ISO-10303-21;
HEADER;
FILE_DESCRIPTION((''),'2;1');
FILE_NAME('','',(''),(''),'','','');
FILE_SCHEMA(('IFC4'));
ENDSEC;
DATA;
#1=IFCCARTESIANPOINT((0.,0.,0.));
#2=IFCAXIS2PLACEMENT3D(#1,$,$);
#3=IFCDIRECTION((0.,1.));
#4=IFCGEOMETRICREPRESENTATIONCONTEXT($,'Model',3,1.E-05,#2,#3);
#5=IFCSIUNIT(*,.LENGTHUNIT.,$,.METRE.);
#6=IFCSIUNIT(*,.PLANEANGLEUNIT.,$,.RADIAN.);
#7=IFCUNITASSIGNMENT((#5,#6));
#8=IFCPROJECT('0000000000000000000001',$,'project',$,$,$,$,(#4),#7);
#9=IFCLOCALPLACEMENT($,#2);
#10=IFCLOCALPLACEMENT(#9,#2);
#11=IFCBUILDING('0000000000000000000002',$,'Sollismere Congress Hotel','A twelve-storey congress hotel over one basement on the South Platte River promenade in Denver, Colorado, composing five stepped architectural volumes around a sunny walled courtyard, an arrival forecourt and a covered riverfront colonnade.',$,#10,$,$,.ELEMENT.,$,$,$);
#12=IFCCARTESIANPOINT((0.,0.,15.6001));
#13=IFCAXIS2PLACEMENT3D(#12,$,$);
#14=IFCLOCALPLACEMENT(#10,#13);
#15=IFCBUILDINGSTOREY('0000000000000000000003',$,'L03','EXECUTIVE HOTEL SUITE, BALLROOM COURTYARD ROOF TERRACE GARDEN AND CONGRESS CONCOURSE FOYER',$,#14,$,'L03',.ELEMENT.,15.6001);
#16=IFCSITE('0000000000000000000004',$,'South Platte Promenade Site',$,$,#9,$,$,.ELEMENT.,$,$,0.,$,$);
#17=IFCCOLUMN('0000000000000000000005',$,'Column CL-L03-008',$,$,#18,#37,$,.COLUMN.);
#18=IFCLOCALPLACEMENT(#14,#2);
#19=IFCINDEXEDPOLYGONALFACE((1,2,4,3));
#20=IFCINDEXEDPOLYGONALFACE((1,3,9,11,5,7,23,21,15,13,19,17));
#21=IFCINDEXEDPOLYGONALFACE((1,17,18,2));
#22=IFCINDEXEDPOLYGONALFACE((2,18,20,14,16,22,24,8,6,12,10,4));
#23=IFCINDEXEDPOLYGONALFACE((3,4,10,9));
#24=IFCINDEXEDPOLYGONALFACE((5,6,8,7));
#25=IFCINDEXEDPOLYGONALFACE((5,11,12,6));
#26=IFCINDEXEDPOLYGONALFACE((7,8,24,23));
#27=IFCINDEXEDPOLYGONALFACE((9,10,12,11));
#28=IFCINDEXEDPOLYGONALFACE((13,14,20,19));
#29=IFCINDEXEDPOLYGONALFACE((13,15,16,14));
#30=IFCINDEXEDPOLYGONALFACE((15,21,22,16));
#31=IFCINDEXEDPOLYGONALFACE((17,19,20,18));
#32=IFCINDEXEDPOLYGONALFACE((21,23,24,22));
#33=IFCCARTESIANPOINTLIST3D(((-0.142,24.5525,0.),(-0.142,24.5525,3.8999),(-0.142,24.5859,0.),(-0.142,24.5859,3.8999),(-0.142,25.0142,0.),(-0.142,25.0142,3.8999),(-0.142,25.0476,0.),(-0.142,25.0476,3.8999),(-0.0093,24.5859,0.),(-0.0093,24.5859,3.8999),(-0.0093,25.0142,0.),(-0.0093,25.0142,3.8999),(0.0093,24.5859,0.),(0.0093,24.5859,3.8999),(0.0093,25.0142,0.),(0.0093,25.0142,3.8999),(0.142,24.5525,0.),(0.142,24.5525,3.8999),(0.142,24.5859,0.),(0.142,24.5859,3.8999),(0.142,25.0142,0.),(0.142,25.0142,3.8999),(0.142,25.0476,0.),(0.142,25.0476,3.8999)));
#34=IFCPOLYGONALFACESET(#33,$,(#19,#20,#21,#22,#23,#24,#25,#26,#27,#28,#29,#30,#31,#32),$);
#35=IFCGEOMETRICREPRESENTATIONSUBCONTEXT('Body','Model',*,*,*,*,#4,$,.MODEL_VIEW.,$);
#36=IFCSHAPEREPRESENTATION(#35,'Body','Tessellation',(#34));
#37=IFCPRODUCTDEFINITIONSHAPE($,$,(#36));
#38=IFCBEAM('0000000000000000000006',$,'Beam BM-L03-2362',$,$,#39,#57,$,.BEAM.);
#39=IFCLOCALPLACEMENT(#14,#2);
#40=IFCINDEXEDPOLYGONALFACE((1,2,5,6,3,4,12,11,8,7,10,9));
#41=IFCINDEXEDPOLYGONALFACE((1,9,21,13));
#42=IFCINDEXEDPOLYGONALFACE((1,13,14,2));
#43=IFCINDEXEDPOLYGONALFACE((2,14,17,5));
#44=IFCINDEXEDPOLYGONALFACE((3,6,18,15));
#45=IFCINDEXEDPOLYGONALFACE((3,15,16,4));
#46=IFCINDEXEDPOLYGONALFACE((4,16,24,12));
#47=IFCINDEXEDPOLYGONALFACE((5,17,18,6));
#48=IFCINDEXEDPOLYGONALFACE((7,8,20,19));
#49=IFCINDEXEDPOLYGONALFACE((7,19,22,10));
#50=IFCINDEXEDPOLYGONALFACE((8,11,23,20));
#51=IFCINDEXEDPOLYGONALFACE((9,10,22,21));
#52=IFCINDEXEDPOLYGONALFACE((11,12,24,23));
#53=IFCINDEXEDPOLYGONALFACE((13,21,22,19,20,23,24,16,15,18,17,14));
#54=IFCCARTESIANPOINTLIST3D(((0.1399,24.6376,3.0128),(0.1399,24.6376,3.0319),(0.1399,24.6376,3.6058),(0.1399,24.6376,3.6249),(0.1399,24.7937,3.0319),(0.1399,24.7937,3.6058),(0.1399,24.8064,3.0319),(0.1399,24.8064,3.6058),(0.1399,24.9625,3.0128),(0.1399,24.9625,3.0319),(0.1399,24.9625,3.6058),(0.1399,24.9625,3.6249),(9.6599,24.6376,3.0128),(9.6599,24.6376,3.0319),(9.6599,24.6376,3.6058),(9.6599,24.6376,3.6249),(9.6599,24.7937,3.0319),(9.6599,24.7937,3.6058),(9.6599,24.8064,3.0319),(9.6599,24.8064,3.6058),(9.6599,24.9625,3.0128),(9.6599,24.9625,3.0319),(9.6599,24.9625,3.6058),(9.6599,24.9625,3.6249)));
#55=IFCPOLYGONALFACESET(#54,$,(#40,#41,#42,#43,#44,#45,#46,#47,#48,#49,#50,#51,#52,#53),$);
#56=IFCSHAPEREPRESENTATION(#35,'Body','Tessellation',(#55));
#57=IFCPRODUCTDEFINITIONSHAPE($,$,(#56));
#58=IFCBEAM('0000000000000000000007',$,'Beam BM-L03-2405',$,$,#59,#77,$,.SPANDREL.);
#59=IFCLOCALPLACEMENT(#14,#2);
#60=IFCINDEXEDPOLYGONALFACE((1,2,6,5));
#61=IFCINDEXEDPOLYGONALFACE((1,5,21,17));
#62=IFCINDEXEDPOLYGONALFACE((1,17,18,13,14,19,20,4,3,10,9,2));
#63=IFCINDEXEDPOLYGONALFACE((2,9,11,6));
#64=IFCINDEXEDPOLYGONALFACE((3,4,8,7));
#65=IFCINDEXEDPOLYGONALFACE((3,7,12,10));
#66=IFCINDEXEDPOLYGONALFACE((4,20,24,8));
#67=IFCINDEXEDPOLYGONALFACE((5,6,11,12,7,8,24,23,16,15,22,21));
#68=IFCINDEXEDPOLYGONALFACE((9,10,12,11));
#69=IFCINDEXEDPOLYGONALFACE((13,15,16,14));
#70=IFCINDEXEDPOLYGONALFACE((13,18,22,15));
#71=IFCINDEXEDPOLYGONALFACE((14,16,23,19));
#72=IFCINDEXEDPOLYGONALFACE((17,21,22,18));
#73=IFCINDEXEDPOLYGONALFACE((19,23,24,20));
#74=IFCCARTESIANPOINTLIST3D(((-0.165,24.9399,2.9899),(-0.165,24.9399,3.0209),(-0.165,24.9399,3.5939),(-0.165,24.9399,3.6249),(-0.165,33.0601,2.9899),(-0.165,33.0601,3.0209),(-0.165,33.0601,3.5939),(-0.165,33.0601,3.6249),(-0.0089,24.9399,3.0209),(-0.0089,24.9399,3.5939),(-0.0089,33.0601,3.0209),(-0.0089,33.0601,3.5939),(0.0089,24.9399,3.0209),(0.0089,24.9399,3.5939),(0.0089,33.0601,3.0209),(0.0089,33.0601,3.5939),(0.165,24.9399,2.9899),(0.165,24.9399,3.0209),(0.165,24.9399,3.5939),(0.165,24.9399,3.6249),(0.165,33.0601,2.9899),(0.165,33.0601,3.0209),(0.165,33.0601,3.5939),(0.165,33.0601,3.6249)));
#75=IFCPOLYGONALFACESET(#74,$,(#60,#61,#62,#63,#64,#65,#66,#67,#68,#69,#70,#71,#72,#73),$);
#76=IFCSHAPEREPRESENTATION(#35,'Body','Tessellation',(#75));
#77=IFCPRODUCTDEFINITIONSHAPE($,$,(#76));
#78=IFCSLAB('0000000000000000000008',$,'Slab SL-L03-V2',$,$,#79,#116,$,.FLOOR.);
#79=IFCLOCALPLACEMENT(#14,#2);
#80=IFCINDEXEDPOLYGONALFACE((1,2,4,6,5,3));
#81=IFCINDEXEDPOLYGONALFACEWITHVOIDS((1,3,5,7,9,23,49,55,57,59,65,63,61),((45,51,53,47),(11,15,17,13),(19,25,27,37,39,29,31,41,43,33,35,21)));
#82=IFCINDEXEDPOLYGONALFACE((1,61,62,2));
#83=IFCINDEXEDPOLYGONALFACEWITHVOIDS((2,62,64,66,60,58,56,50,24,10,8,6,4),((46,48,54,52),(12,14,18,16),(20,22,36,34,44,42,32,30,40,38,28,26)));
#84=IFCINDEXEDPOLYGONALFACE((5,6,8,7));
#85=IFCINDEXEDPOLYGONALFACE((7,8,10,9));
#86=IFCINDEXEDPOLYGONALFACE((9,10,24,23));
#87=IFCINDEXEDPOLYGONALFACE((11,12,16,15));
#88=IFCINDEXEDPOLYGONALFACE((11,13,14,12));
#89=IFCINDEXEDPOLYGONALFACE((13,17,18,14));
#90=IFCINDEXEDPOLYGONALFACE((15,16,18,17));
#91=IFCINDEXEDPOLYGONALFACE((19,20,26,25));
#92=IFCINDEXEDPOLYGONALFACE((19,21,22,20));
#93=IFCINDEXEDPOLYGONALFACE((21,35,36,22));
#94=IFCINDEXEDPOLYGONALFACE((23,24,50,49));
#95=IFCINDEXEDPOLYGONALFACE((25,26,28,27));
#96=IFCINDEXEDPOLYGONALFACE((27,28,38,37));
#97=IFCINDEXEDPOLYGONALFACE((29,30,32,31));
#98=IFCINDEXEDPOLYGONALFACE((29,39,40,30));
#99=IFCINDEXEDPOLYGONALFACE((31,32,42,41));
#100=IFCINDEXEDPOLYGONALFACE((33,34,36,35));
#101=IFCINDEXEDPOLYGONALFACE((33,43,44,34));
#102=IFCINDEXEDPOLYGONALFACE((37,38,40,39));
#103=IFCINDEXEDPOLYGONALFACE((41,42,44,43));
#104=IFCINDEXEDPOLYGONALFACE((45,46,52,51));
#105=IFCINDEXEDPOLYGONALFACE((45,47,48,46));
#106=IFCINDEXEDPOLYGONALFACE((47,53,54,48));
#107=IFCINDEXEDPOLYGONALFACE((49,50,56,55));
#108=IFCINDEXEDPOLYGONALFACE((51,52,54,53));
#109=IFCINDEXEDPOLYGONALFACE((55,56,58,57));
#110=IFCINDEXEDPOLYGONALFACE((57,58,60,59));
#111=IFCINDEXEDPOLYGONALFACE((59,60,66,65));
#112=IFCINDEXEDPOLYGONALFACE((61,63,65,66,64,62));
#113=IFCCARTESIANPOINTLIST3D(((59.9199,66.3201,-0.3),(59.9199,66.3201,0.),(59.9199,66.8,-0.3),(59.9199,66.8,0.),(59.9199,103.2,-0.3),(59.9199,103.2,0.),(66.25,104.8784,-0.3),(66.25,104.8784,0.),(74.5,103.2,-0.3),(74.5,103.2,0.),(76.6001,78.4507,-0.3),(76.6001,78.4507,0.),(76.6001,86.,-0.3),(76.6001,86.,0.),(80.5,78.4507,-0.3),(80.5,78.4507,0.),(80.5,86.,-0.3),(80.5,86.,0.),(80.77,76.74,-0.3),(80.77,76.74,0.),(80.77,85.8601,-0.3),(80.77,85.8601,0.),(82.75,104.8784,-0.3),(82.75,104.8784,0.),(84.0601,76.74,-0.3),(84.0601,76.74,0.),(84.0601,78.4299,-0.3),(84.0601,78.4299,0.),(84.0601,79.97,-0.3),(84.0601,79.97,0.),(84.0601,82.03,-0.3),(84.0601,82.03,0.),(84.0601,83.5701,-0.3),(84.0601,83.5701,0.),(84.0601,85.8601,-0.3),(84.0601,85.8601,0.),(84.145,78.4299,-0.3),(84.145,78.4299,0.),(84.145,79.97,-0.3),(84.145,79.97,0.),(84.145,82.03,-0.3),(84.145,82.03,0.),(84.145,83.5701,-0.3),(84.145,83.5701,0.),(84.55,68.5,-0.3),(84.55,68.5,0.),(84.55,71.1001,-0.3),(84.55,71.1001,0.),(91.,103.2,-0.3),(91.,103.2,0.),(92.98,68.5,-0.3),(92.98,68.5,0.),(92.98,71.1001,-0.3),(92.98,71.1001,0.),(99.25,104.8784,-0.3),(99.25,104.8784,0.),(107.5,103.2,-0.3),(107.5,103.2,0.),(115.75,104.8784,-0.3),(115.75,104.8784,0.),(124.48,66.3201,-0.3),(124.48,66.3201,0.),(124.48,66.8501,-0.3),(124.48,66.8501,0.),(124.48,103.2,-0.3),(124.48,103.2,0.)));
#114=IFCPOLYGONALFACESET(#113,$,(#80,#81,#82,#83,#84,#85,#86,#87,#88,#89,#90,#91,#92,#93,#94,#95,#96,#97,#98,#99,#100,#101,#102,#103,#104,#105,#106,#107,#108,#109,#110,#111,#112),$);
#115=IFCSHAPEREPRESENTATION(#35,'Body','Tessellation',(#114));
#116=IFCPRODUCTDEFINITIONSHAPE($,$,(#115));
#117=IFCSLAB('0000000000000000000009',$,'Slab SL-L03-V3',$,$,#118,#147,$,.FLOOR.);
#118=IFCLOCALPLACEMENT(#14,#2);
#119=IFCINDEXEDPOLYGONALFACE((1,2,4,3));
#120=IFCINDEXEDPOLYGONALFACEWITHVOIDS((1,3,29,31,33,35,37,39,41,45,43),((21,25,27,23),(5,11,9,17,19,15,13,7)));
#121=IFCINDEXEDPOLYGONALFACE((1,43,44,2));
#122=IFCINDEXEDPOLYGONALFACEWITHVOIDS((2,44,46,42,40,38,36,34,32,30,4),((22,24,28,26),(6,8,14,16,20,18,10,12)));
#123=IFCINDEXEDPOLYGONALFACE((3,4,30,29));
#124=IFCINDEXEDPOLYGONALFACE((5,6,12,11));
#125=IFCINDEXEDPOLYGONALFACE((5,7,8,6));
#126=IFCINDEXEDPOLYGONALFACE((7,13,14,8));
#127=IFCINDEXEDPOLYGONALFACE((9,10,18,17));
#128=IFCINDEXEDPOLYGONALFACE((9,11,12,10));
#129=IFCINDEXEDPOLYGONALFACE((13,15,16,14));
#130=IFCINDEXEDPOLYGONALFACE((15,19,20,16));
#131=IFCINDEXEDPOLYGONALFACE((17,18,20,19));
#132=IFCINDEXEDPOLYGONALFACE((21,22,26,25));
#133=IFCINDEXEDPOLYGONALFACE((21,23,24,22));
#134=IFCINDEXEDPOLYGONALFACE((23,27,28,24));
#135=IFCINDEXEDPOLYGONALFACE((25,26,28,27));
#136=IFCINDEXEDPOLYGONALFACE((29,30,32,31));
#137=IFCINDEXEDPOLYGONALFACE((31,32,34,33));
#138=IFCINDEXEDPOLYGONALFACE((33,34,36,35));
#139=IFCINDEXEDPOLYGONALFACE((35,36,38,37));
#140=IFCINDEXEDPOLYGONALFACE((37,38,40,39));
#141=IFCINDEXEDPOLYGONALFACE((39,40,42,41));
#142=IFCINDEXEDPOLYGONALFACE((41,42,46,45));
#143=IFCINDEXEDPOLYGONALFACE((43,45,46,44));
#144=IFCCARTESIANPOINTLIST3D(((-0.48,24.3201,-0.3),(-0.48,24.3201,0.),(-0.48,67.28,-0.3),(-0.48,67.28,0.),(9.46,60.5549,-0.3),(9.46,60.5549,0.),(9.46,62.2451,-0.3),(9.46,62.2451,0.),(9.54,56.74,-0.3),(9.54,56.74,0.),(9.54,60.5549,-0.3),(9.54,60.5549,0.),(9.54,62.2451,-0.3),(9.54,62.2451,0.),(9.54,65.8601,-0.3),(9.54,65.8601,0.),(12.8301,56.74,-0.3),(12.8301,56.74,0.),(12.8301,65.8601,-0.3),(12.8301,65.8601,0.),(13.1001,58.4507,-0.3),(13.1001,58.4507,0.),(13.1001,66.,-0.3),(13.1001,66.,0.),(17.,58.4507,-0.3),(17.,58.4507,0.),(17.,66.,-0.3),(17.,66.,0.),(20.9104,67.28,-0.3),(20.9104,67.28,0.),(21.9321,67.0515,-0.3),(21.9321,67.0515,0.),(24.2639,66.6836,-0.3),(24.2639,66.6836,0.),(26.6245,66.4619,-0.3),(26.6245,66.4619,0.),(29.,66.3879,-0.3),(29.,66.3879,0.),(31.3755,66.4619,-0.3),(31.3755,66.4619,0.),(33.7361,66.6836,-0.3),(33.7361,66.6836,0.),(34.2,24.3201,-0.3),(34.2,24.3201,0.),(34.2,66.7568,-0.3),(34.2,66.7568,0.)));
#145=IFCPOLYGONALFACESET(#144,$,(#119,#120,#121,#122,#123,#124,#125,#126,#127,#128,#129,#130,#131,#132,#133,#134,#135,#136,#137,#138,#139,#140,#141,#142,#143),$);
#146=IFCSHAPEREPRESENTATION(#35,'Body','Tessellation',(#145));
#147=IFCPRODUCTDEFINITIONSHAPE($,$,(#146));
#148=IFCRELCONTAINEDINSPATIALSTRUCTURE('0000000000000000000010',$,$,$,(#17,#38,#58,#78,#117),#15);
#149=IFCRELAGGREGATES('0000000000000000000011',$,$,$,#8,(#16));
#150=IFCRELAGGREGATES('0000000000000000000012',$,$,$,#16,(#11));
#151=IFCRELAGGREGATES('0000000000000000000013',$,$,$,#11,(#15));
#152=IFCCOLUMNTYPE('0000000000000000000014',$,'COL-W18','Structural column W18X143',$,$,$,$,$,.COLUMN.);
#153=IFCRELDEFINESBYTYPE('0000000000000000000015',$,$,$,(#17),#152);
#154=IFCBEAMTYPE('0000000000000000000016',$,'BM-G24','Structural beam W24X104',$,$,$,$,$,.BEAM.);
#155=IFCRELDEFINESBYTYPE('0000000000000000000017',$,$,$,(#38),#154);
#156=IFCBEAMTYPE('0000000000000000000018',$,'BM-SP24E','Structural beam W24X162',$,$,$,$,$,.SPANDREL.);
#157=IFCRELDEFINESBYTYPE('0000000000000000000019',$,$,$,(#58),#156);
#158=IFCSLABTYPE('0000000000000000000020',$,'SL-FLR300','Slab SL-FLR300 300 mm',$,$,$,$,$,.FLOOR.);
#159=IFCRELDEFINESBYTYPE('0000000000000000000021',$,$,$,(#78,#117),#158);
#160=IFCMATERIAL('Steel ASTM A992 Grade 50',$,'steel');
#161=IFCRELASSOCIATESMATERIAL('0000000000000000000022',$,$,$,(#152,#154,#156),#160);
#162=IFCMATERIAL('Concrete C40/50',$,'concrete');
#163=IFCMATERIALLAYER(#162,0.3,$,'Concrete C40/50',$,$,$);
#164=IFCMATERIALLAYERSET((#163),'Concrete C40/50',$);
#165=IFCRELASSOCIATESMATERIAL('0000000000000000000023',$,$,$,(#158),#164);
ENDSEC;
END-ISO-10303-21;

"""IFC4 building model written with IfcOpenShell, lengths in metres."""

from ifc_helpers import new_model, si_unit, direction, frame, origin, origin_2d, place, context, subcontext, project, spatial, polyline, i_section, outline, extrude, material, layer, layer_set, material_profile, profile_set, type_object, element, save


model = new_model("IFC4")

# Units and contexts
model_context = context("Model", 3, precision=1e-05, world=origin(), true_north=direction((0.0, 1.0)))
body_context = subcontext(model_context, "Body", "Model", "MODEL_VIEW")
ifc_project = project(units=[si_unit("LENGTHUNIT", "METRE"), si_unit("PLANEANGLEUNIT", "RADIAN")], contexts=[model_context])

# Site, building, storey
site_placement = place(None, origin())
site = spatial("IfcSite", under=ifc_project, at=site_placement, Name="South Platte Promenade Site", CompositionType="ELEMENT", RefElevation=0.0)
building_placement = place(site_placement, origin())
building = spatial("IfcBuilding", under=site, at=building_placement, Name="Sollismere Congress Hotel", Description="A twelve-storey congress hotel over one basement on the South Platte River promenade in Denver, Colorado, composing five stepped architectural volumes around a sunny walled courtyard, an arrival forecourt and a covered riverfront colonnade.", CompositionType="ELEMENT")
storey_placement = place(building_placement, frame((0.0, 0.0, 15.6001)))
storey = spatial("IfcBuildingStorey", under=building, at=storey_placement, Name="L03", Description="EXECUTIVE HOTEL SUITE, BALLROOM COURTYARD ROOF TERRACE GARDEN AND CONGRESS CONCOURSE FOYER", LongName="L03", CompositionType="ELEMENT", Elevation=15.6001)

# Column
ifc_material_1 = material(Name="Steel ASTM A992 Grade 50", Category="steel")
ifc_material_profile_1 = material_profile(ifc_material_1, i_section(OverallWidth=0.2839, OverallDepth=0.4951, WebThickness=0.0186, FlangeThickness=0.0334, at=origin_2d()), Name="W18X143")
ifc_profile_set_1 = profile_set([ifc_material_profile_1], Name="Steel ASTM A992 Grade 50")
column_type = type_object("IfcColumnType", Name="COL-W18", Description="Structural column W18X143", PredefinedType="COLUMN", material=ifc_profile_set_1)
column_placement = place(storey_placement, frame((0.0, 24.8, 0.0), z_axis=(0.0, 0.0, 1.0), x_axis=(1.0, 0.0, 0.0)))
element("IfcColumn", 1, at=column_placement, inside=storey, type_object=column_type, Name="Column CL-L03-008", PredefinedType="COLUMN", context=body_context, shape_type="SweptSolid", body=[
    extrude(i_section(OverallWidth=0.2839, OverallDepth=0.4951, WebThickness=0.0186, FlangeThickness=0.0334, at=origin_2d()), origin(), (0.0, 0.0, 1.0), 3.8999),
])

# Beams
ifc_material_profile_2 = material_profile(ifc_material_1, i_section(OverallWidth=0.325, OverallDepth=0.6121, WebThickness=0.0127, FlangeThickness=0.019, at=origin_2d()), Name="W24X104")
ifc_profile_set_2 = profile_set([ifc_material_profile_2], Name="Steel ASTM A992 Grade 50")
beam_type_1 = type_object("IfcBeamType", Name="BM-G24", Description="Structural beam W24X104", PredefinedType="BEAM", material=ifc_profile_set_2)
beam_1_placement = place(storey_placement, frame((0.1399, 24.8, 3.3188), z_axis=(1.0, 0.0, 0.0), x_axis=(0.0, 1.0, 0.0)))
element("IfcBeam", 2, at=beam_1_placement, inside=storey, type_object=beam_type_1, Name="Beam BM-L03-2362", PredefinedType="BEAM", context=body_context, shape_type="SweptSolid", body=[
    extrude(i_section(OverallWidth=0.325, OverallDepth=0.6121, WebThickness=0.0127, FlangeThickness=0.019, at=origin_2d()), origin(), (0.0, 0.0, 1.0), 9.52),
])
ifc_material_profile_3 = material_profile(ifc_material_1, i_section(OverallWidth=0.3301, OverallDepth=0.635, WebThickness=0.0178, FlangeThickness=0.031, at=origin_2d()), Name="W24X162")
ifc_profile_set_3 = profile_set([ifc_material_profile_3], Name="Steel ASTM A992 Grade 50")
beam_type_2 = type_object("IfcBeamType", Name="BM-SP24E", Description="Structural beam W24X162", PredefinedType="SPANDREL", material=ifc_profile_set_3)
beam_2_placement = place(storey_placement, frame((0.0, 24.9399, 3.3074), z_axis=(0.0, 1.0, 0.0), x_axis=(-1.0, 0.0, 0.0)))
element("IfcBeam", 3, at=beam_2_placement, inside=storey, type_object=beam_type_2, Name="Beam BM-L03-2405", PredefinedType="SPANDREL", context=body_context, shape_type="SweptSolid", body=[
    extrude(i_section(OverallWidth=0.3301, OverallDepth=0.635, WebThickness=0.0178, FlangeThickness=0.031, at=origin_2d()), origin(), (0.0, 0.0, 1.0), 8.1201),
])

# Slabs
ifc_material_2 = material(Name="Concrete C40/50", Category="concrete")
ifc_layer_1 = layer(ifc_material_2, 0.3, Name="Concrete C40/50")
ifc_layer_set_1 = layer_set([ifc_layer_1], Name="Concrete C40/50")
slab_type_1 = type_object("IfcSlabType", Name="SL-FLR300", Description="Slab SL-FLR300 300 mm", PredefinedType="FLOOR", material=ifc_layer_set_1)
slab_1_placement = place(storey_placement, frame((0.0, 0.0, -0.3)))
element("IfcSlab", 4, at=slab_1_placement, inside=storey, type_object=slab_type_1, Name="Slab SL-L03-V2", PredefinedType="FLOOR", context=body_context, shape_type="SweptSolid", body=[
    extrude(outline(polyline([(124.48, 66.3201), (124.48, 66.8501), (124.48, 103.2), (115.75, 104.8784), (107.5, 103.2), (99.25, 104.8784), (91.0, 103.2), (82.75, 104.8784), (74.5, 103.2), (66.25, 104.8784), (59.9199, 103.2), (59.9199, 66.8), (59.9199, 66.3201), (124.48, 66.3201)]), holes=[polyline([(84.55, 71.1001), (92.98, 71.1001), (92.98, 68.5), (84.55, 68.5), (84.55, 71.1001)]), polyline([(84.145, 79.97), (84.145, 78.4299), (84.0601, 78.4299), (84.0601, 76.74), (80.77, 76.74), (80.77, 85.8601), (84.0601, 85.8601), (84.0601, 83.5701), (84.145, 83.5701), (84.145, 82.03), (84.0601, 82.03), (84.0601, 79.97), (84.145, 79.97)]), polyline([(80.5, 86.0), (80.5, 78.4507), (76.6001, 78.4507), (76.6001, 86.0), (80.5, 86.0)])]), origin(), (0.0, 0.0, 1.0), 0.3),
])
slab_2_placement = place(storey_placement, frame((0.0, 0.0, -0.3)))
element("IfcSlab", 5, at=slab_2_placement, inside=storey, type_object=slab_type_1, Name="Slab SL-L03-V3", PredefinedType="FLOOR", context=body_context, shape_type="SweptSolid", body=[
    extrude(outline(polyline([(-0.48, 67.28), (-0.48, 24.3201), (34.2, 24.3201), (34.2, 66.7568), (33.7361, 66.6836), (31.3755, 66.4619), (29.0, 66.3879), (26.6245, 66.4619), (24.2639, 66.6836), (21.9321, 67.0515), (20.9104, 67.28), (-0.48, 67.28)]), holes=[polyline([(9.54, 56.74), (9.54, 60.5549), (9.46, 60.5549), (9.46, 62.2451), (9.54, 62.2451), (9.54, 65.8601), (12.8301, 65.8601), (12.8301, 56.74), (9.54, 56.74)]), polyline([(13.1001, 66.0), (17.0, 66.0), (17.0, 58.4507), (13.1001, 58.4507), (13.1001, 66.0)])]), origin(), (0.0, 0.0, 1.0), 0.3),
])

save(model, "model.ifc")
